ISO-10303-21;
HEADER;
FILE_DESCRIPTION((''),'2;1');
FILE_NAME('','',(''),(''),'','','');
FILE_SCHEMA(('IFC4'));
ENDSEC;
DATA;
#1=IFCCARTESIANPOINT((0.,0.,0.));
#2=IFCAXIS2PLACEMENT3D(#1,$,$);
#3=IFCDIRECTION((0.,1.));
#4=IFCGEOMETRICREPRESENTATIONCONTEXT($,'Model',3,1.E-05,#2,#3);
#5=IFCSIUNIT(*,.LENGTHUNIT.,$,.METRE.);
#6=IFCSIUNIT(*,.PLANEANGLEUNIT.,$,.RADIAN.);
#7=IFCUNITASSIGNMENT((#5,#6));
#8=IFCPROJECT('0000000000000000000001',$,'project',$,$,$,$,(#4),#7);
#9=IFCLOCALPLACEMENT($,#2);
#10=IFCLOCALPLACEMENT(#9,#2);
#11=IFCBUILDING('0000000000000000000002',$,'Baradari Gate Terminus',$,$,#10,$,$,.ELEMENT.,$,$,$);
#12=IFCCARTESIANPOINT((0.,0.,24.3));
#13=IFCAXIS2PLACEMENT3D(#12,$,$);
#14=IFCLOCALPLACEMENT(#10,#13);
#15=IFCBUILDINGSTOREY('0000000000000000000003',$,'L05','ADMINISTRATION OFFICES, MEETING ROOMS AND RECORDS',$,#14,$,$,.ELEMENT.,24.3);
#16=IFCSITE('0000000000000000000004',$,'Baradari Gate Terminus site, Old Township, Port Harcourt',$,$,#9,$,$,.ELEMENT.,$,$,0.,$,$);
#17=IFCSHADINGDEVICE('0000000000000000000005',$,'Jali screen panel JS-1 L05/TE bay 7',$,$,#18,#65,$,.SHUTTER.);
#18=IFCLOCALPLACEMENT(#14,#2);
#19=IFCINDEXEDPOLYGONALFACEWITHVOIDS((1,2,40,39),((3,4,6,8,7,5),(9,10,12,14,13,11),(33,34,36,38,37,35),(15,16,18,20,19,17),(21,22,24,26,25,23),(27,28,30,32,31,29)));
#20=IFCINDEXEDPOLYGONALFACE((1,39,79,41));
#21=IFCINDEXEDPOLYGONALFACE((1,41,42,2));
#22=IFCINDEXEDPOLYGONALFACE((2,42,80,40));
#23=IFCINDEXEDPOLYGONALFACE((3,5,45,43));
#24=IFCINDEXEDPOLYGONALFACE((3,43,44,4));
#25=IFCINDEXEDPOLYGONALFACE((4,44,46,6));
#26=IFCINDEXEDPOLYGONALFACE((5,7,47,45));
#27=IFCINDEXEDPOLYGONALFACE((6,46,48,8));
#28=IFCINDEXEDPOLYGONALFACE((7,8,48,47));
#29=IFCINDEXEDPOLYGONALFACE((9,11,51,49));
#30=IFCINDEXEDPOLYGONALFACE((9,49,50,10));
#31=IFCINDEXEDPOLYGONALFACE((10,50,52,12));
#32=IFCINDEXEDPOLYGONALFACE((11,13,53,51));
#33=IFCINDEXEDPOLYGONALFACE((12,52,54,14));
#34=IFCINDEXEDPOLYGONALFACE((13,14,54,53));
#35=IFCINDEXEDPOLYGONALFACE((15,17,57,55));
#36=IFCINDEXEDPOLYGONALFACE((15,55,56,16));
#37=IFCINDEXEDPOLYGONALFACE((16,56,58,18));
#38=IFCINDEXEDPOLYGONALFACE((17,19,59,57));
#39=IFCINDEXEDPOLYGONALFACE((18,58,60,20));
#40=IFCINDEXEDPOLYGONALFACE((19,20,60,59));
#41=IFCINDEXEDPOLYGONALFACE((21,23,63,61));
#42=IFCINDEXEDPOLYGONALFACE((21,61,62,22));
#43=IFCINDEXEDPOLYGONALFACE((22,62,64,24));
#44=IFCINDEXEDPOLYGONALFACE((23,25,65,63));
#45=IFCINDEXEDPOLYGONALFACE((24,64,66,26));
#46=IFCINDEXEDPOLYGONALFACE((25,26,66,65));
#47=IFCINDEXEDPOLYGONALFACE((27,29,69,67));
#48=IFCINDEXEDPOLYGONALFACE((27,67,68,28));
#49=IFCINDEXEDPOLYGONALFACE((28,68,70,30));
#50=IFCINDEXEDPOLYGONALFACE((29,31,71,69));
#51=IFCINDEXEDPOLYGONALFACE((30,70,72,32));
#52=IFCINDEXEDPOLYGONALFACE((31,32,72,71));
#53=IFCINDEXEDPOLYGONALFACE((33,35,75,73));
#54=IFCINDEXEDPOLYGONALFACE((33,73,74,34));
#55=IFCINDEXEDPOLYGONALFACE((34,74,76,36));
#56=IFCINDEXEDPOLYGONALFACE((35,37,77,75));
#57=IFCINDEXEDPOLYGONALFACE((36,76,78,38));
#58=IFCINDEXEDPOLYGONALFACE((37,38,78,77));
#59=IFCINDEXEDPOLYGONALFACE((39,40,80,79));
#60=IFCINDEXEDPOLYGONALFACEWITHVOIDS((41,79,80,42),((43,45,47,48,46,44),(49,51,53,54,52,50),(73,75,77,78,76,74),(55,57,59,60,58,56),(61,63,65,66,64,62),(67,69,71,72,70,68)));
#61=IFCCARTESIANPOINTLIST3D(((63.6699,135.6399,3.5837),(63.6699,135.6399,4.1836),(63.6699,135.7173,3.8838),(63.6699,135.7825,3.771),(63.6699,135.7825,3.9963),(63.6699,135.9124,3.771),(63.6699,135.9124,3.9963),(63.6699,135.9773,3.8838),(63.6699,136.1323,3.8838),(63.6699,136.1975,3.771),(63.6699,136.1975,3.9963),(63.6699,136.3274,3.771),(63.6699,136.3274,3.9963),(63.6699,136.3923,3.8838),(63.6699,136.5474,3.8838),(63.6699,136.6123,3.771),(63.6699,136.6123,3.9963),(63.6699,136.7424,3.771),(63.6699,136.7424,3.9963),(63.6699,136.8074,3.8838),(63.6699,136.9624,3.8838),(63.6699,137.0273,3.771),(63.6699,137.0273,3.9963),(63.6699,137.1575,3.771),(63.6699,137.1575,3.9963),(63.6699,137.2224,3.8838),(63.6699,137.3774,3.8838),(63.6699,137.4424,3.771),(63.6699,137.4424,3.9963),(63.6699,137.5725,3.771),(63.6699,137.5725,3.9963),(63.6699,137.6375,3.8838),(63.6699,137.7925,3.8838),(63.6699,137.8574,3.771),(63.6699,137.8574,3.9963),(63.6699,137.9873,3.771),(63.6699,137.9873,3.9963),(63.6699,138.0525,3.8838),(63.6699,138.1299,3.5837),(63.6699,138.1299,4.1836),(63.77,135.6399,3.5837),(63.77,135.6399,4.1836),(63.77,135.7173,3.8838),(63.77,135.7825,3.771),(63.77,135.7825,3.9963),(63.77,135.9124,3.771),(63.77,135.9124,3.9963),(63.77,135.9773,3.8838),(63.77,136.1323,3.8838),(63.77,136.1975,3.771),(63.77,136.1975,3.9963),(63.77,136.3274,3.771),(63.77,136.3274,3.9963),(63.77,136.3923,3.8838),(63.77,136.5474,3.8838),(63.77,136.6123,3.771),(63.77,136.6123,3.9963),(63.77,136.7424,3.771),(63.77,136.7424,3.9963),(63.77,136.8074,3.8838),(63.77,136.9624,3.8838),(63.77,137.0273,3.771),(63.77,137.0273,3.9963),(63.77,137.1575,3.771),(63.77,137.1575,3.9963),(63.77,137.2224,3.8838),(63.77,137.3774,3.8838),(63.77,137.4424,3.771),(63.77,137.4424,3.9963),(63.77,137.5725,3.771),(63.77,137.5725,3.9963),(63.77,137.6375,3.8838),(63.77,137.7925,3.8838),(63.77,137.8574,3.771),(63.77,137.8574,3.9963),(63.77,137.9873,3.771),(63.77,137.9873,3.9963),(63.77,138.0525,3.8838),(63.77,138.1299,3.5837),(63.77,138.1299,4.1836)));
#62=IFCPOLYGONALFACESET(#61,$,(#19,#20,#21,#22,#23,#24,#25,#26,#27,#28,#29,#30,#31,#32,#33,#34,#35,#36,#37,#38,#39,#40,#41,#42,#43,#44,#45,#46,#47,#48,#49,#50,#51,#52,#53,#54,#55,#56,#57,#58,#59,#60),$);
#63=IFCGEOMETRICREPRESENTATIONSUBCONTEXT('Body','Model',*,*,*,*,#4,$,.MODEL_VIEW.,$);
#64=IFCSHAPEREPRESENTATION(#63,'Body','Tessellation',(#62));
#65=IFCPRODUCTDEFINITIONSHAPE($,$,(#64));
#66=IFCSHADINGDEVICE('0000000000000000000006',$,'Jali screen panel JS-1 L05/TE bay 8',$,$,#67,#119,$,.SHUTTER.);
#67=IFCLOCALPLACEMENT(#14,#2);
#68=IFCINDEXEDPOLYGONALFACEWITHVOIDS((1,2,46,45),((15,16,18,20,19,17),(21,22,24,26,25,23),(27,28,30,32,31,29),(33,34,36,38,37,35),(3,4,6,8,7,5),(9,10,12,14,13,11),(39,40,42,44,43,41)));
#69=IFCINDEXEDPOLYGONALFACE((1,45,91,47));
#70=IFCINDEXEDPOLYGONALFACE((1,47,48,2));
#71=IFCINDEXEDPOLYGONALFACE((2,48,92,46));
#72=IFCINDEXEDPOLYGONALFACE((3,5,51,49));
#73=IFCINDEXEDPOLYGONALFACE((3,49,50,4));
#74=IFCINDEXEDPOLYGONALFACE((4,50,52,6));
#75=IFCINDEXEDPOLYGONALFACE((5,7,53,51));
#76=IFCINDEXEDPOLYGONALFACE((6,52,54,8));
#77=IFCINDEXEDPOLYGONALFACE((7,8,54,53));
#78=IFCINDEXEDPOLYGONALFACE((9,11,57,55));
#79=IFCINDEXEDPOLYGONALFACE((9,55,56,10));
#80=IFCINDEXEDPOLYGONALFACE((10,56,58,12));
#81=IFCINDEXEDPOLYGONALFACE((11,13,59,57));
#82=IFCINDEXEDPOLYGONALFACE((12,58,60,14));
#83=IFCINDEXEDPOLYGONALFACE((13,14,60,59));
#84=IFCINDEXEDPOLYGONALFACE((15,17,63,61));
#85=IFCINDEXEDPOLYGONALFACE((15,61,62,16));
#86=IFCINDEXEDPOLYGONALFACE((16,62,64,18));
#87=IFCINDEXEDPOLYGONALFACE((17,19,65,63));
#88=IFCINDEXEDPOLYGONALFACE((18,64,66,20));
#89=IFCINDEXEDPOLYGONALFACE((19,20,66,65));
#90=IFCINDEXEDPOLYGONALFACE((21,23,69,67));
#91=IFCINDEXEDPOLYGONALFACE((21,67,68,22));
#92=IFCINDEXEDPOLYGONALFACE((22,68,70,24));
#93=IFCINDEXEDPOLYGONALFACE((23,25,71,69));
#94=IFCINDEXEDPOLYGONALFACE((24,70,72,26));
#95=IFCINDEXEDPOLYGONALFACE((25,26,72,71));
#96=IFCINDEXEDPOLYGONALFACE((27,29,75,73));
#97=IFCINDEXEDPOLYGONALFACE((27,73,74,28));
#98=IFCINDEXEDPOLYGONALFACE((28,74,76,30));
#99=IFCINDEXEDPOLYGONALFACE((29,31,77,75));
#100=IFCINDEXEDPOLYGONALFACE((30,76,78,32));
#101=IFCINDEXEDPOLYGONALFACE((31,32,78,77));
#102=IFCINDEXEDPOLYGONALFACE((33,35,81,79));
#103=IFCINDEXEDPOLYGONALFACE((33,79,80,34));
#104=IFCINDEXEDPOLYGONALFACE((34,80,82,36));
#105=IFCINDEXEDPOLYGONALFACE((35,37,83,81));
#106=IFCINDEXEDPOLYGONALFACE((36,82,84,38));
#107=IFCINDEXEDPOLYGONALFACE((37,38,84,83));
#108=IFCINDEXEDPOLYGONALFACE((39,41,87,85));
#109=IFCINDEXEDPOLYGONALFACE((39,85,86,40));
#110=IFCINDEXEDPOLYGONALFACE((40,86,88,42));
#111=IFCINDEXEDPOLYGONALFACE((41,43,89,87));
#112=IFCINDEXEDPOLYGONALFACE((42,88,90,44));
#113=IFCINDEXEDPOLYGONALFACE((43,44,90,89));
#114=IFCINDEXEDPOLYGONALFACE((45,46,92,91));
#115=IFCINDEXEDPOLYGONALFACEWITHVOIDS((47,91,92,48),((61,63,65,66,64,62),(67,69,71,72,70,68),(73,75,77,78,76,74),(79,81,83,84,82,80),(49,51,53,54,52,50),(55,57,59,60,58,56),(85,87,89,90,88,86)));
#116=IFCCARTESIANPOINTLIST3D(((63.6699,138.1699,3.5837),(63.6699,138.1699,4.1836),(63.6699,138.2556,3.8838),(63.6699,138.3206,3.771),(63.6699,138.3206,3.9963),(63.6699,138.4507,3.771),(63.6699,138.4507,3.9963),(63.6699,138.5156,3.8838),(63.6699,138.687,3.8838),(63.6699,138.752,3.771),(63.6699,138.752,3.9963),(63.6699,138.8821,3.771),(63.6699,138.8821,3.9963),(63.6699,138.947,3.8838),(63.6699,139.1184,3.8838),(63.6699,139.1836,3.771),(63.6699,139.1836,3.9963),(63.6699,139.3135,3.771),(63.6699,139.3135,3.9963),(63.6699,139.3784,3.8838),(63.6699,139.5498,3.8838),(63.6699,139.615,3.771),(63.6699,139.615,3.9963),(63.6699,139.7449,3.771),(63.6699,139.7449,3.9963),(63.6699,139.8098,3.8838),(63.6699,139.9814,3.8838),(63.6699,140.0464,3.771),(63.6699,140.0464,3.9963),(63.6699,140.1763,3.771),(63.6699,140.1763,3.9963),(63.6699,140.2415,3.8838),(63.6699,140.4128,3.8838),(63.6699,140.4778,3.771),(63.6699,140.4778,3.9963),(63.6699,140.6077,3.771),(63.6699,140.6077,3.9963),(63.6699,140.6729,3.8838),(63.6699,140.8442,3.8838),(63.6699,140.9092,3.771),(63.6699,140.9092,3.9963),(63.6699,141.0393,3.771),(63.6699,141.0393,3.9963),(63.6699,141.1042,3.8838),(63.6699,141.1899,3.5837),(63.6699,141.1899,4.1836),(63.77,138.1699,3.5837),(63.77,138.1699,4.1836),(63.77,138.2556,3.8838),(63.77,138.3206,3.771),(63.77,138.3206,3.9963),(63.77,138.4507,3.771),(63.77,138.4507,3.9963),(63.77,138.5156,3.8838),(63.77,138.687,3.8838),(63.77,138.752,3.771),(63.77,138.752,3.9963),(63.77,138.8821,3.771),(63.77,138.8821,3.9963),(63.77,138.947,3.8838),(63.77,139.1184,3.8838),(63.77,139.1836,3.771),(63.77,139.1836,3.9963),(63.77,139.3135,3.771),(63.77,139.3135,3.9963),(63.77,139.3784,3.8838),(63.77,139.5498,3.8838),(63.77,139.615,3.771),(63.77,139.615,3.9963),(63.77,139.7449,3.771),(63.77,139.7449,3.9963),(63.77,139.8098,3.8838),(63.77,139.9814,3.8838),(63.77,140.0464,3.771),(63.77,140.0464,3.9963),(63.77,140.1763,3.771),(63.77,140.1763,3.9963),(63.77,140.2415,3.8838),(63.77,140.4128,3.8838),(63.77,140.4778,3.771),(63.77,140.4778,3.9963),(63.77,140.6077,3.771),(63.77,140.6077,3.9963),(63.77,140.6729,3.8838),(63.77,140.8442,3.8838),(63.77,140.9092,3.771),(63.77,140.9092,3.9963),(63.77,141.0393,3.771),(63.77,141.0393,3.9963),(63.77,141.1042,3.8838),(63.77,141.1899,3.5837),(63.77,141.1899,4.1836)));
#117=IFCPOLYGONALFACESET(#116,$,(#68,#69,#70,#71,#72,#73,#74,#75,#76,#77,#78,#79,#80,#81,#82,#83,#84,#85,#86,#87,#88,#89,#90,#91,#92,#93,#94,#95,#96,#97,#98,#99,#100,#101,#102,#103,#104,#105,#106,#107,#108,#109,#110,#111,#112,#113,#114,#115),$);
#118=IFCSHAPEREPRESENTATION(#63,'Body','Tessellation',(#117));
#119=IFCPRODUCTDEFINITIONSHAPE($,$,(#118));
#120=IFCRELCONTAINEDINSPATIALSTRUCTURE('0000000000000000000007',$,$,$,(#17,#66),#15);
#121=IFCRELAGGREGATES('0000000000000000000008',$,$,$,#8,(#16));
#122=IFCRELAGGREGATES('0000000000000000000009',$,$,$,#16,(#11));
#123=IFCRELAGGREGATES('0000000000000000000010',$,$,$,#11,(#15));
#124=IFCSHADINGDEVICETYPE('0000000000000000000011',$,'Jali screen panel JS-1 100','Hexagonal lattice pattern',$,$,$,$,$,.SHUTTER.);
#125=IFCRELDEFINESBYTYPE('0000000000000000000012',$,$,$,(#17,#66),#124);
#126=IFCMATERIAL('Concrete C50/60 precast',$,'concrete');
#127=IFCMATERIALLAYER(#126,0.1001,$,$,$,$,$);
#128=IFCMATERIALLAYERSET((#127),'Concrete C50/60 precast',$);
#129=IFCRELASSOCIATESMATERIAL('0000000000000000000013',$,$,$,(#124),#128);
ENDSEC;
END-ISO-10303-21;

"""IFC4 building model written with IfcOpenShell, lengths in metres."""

from ifc_helpers import new_model, si_unit, direction, frame, origin, place, context, subcontext, project, spatial, polyline, outline, extrude, material, layer, layer_set, type_object, element, save


model = new_model("IFC4")

# Units and contexts
model_context = context("Model", 3, precision=1e-05, world=origin(), true_north=direction((0.0, 1.0)))
body_context = subcontext(model_context, "Body", "Model", "MODEL_VIEW")
ifc_project = project(units=[si_unit("LENGTHUNIT", "METRE"), si_unit("PLANEANGLEUNIT", "RADIAN")], contexts=[model_context])

# Site, building, storey
site_placement = place(None, origin())
site = spatial("IfcSite", under=ifc_project, at=site_placement, Name="Baradari Gate Terminus site, Old Township, Port Harcourt", CompositionType="ELEMENT", RefElevation=0.0)
building_placement = place(site_placement, origin())
building = spatial("IfcBuilding", under=site, at=building_placement, Name="Baradari Gate Terminus", CompositionType="ELEMENT")
storey_placement = place(building_placement, frame((0.0, 0.0, 24.3)))
storey = spatial("IfcBuildingStorey", under=building, at=storey_placement, Name="L05", Description="ADMINISTRATION OFFICES, MEETING ROOMS AND RECORDS", CompositionType="ELEMENT", Elevation=24.3)

# Shading devices
ifc_material_1 = material(Name="Concrete C50/60 precast", Category="concrete")
ifc_layer_1 = layer(ifc_material_1, 0.1001)
ifc_layer_set_1 = layer_set([ifc_layer_1], Name="Concrete C50/60 precast")
shading_device_type_1 = type_object("IfcShadingDeviceType", Name="Jali screen panel JS-1 100", Description="Hexagonal lattice pattern", PredefinedType="SHUTTER", material=ifc_layer_set_1)
shading_device_1_placement = place(storey_placement, frame((63.72, 135.6399, 3.5837), z_axis=(0.0, 0.0, 1.0), x_axis=(0.0, 1.0, 0.0)))
element("IfcShadingDevice", 1, at=shading_device_1_placement, inside=storey, type_object=shading_device_type_1, Name="Jali screen panel JS-1 L05/TE bay 7", PredefinedType="SHUTTER", context=body_context, shape_type="SweptSolid", body=[
    extrude(outline(polyline([(0.0, 0.0), (2.49, 0.0), (2.49, 0.5999), (0.0, 0.5999), (0.0, 0.0)]), holes=[polyline([(0.3374, 0.3), (0.2725, 0.1873), (0.1426, 0.1873), (0.0774, 0.3), (0.1426, 0.4126), (0.2725, 0.4126), (0.3374, 0.3)]), polyline([(0.7524, 0.3), (0.6875, 0.1873), (0.5576, 0.1873), (0.4924, 0.3), (0.5576, 0.4126), (0.6875, 0.4126), (0.7524, 0.3)]), polyline([(1.1675, 0.3), (1.1025, 0.1873), (0.9724, 0.1873), (0.9075, 0.3), (0.9724, 0.4126), (1.1025, 0.4126), (1.1675, 0.3)]), polyline([(1.5825, 0.3), (1.5176, 0.1873), (1.3875, 0.1873), (1.3225, 0.3), (1.3875, 0.4126), (1.5176, 0.4126), (1.5825, 0.3)]), polyline([(1.9976, 0.3), (1.9326, 0.1873), (1.8025, 0.1873), (1.7375, 0.3), (1.8025, 0.4126), (1.9326, 0.4126), (1.9976, 0.3)]), polyline([(2.4126, 0.3), (2.3474, 0.1873), (2.2175, 0.1873), (2.1526, 0.3), (2.2175, 0.4126), (2.3474, 0.4126), (2.4126, 0.3)])]), frame((0.0, 0.05, 0.0), z_axis=(0.0, -1.0, 0.0), x_axis=(1.0, 0.0, 0.0)), (0.0, 0.0, 1.0), 0.1001),
])
shading_device_2_placement = place(storey_placement, frame((63.72, 138.1699, 3.5837), z_axis=(0.0, 0.0, 1.0), x_axis=(0.0, 1.0, 0.0)))
element("IfcShadingDevice", 2, at=shading_device_2_placement, inside=storey, type_object=shading_device_type_1, Name="Jali screen panel JS-1 L05/TE bay 8", PredefinedType="SHUTTER", context=body_context, shape_type="SweptSolid", body=[
    extrude(outline(polyline([(0.0, 0.0), (3.02, 0.0), (3.02, 0.5999), (0.0, 0.5999), (0.0, 0.0)]), holes=[polyline([(0.3457, 0.3), (0.2808, 0.1873), (0.1506, 0.1873), (0.0857, 0.3), (0.1506, 0.4126), (0.2808, 0.4126), (0.3457, 0.3)]), polyline([(0.7771, 0.3), (0.7122, 0.1873), (0.582, 0.1873), (0.5171, 0.3), (0.582, 0.4126), (0.7122, 0.4126), (0.7771, 0.3)]), polyline([(1.2085, 0.3), (1.1436, 0.1873), (1.0137, 0.1873), (0.9485, 0.3), (1.0137, 0.4126), (1.1436, 0.4126), (1.2085, 0.3)]), polyline([(1.6399, 0.3), (1.575, 0.1873), (1.4451, 0.1873), (1.3799, 0.3), (1.4451, 0.4126), (1.575, 0.4126), (1.6399, 0.3)]), polyline([(2.0715, 0.3), (2.0063, 0.1873), (1.8765, 0.1873), (1.8115, 0.3), (1.8765, 0.4126), (2.0063, 0.4126), (2.0715, 0.3)]), polyline([(2.5029, 0.3), (2.4377, 0.1873), (2.3079, 0.1873), (2.2429, 0.3), (2.3079, 0.4126), (2.4377, 0.4126), (2.5029, 0.3)]), polyline([(2.9343, 0.3), (2.8694, 0.1873), (2.7393, 0.1873), (2.6743, 0.3), (2.7393, 0.4126), (2.8694, 0.4126), (2.9343, 0.3)])]), frame((0.0, 0.05, 0.0), z_axis=(0.0, -1.0, 0.0), x_axis=(1.0, 0.0, 0.0)), (0.0, 0.0, 1.0), 0.1001),
])

save(model, "model.ifc")
